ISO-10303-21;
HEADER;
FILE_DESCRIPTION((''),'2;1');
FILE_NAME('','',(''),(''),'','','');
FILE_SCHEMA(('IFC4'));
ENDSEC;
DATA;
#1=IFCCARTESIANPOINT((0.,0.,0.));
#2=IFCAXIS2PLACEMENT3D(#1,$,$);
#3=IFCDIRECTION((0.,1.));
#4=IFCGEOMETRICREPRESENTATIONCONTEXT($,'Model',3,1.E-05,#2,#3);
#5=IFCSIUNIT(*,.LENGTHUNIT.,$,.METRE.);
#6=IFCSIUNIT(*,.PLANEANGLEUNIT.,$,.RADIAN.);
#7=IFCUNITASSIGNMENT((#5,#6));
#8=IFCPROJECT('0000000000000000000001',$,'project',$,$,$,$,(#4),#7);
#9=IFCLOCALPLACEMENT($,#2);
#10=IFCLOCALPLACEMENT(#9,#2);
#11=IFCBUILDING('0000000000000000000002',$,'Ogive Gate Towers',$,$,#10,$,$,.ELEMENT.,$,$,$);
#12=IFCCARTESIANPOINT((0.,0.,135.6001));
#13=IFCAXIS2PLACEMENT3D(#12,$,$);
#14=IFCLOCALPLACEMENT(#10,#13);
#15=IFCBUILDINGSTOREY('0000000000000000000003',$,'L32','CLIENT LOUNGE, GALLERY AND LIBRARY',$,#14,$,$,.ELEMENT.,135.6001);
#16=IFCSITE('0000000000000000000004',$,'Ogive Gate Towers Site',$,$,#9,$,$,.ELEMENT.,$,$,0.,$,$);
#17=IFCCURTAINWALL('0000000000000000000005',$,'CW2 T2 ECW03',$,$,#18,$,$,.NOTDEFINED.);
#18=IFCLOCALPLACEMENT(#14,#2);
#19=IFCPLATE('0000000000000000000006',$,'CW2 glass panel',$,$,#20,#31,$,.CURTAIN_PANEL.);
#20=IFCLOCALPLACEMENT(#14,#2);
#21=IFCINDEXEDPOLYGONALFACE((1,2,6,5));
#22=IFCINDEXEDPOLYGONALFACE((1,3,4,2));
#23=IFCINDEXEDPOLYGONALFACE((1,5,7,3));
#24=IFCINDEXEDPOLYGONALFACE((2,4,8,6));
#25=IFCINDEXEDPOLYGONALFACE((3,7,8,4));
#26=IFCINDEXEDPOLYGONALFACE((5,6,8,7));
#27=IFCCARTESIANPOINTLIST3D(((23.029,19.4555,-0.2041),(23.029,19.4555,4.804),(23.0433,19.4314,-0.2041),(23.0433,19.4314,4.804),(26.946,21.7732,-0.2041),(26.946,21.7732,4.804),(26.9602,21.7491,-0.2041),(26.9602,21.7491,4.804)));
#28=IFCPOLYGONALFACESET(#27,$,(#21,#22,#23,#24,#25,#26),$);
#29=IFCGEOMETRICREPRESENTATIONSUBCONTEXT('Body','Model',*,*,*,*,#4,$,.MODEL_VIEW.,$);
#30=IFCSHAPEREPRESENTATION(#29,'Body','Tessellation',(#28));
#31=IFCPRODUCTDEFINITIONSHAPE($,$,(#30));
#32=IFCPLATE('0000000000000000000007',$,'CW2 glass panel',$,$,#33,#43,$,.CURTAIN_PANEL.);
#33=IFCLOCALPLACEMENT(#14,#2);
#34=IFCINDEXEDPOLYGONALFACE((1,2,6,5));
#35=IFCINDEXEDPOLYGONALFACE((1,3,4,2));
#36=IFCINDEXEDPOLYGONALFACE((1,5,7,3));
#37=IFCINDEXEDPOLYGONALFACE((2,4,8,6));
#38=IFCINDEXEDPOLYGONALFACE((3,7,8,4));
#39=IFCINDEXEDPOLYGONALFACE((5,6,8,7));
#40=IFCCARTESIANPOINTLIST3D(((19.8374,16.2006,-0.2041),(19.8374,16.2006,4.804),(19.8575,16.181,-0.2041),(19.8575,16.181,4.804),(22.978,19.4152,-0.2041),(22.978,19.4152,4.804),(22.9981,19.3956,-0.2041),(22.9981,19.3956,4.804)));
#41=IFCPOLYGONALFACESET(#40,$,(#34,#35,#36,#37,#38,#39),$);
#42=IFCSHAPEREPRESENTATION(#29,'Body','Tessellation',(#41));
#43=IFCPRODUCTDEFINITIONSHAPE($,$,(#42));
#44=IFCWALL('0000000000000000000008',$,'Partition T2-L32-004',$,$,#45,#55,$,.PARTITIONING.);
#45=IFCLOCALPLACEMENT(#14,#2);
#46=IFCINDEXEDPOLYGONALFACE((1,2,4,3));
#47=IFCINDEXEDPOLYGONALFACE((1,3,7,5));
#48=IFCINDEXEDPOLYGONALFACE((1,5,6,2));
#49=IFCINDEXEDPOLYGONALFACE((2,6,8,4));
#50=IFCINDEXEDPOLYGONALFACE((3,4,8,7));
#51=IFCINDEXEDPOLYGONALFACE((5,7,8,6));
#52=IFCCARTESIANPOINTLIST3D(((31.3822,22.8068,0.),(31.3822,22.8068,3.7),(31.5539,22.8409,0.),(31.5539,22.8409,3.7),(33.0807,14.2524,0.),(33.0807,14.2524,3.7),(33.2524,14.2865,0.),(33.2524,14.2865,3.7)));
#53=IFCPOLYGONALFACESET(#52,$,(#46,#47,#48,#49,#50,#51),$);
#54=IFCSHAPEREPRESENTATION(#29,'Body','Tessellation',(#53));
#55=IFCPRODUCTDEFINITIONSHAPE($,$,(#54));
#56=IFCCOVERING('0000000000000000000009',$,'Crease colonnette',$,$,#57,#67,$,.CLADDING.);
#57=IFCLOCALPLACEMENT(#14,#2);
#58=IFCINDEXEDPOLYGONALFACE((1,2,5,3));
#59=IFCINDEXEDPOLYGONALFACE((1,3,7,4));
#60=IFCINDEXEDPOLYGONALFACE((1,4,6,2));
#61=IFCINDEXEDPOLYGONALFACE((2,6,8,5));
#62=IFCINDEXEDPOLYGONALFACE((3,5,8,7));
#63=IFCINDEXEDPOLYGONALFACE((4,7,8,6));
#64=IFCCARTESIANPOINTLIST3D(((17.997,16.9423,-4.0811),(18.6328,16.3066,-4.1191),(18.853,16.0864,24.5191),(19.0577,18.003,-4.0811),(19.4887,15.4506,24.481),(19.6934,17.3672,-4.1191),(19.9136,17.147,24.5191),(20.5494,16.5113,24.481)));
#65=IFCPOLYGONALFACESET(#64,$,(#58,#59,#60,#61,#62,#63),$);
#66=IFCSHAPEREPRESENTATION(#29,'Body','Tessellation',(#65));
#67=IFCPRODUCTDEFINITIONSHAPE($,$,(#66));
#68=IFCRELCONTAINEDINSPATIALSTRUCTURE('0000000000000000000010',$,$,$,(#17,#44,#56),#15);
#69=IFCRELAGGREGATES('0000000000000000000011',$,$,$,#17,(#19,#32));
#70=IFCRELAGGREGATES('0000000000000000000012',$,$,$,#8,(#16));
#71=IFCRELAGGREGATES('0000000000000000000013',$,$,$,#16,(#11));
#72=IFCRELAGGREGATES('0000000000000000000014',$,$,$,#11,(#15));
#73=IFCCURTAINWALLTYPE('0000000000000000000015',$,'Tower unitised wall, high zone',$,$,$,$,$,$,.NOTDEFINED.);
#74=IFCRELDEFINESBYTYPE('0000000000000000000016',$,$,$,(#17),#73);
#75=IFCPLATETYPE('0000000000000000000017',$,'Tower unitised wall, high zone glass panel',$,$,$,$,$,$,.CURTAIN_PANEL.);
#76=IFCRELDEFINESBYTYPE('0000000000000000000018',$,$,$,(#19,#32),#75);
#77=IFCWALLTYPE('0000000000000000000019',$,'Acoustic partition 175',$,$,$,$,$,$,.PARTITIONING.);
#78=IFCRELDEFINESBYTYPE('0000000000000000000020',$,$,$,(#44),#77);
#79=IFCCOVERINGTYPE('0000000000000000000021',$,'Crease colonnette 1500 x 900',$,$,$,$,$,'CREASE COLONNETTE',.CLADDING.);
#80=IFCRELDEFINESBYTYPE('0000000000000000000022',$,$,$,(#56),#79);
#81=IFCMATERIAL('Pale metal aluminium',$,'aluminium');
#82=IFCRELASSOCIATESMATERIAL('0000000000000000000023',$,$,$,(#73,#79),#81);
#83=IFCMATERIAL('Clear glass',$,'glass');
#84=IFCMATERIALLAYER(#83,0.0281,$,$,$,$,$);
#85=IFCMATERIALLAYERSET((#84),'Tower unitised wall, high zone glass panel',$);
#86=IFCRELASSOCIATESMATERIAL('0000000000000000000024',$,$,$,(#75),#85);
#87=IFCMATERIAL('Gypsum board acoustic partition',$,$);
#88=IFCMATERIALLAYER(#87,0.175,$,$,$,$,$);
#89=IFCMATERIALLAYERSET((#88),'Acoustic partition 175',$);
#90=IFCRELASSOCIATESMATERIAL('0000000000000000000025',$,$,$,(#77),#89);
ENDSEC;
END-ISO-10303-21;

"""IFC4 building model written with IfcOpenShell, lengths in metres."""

from ifc_helpers import new_model, si_unit, direction, frame, frame_2d, origin, origin_2d, place, context, subcontext, project, spatial, rectangle, extrude, material, layer, layer_set, material_profile, profile_set, type_object, element, aggregate, save


model = new_model("IFC4")

# Units and contexts
model_context = context("Model", 3, precision=1e-05, world=origin(), true_north=direction((0.0, 1.0)))
body_context = subcontext(model_context, "Body", "Model", "MODEL_VIEW")
ifc_project = project(units=[si_unit("LENGTHUNIT", "METRE"), si_unit("PLANEANGLEUNIT", "RADIAN")], contexts=[model_context])

# Site, building, storey
site_placement = place(None, origin())
site = spatial("IfcSite", under=ifc_project, at=site_placement, Name="Ogive Gate Towers Site", CompositionType="ELEMENT", RefElevation=0.0)
building_placement = place(site_placement, origin())
building = spatial("IfcBuilding", under=site, at=building_placement, Name="Ogive Gate Towers", CompositionType="ELEMENT")
storey_placement = place(building_placement, frame((0.0, 0.0, 135.6001)))
storey = spatial("IfcBuildingStorey", under=building, at=storey_placement, Name="L32", Description="CLIENT LOUNGE, GALLERY AND LIBRARY", CompositionType="ELEMENT", Elevation=135.6001)

# Curtain wall, plates
ifc_material_1 = material(Name="Pale metal aluminium", Category="aluminium")
curtain_wall_type = type_object("IfcCurtainWallType", Name="Tower unitised wall, high zone", PredefinedType="NOTDEFINED", material=ifc_material_1)
curtain_wall_placement = place(storey_placement, origin())
curtain_wall = element("IfcCurtainWall", 1, at=curtain_wall_placement, inside=storey, type_object=curtain_wall_type, Name="CW2 T2 ECW03", PredefinedType="NOTDEFINED")
ifc_material_2 = material(Name="Clear glass", Category="glass")
ifc_layer_1 = layer(ifc_material_2, 0.0281)
ifc_layer_set_1 = layer_set([ifc_layer_1], Name="Tower unitised wall, high zone glass panel")
plate_type = type_object("IfcPlateType", Name="Tower unitised wall, high zone glass panel", PredefinedType="CURTAIN_PANEL", material=ifc_layer_set_1)
plate_1_placement = place(storey_placement, frame((24.9946, 20.6023, -0.2041), z_axis=(0.0, 0.0, 1.0), x_axis=(-0.860627, -0.509237, 0.0)))
plate_1 = element("IfcPlate", 2, at=plate_1_placement, type_object=plate_type, Name="CW2 glass panel", PredefinedType="CURTAIN_PANEL", context=body_context, shape_type="SweptSolid", body=[
    extrude(rectangle(XDim=4.5513, YDim=0.0281, at=origin_2d()), origin(), (0.0, 0.0, 1.0), 5.0081),
])
plate_2_placement = place(storey_placement, frame((21.4177, 17.7981, -0.2041), z_axis=(0.0, 0.0, 1.0), x_axis=(-0.698815, -0.715303, 0.0)))
plate_2 = element("IfcPlate", 3, at=plate_2_placement, type_object=plate_type, Name="CW2 glass panel", PredefinedType="CURTAIN_PANEL", context=body_context, shape_type="SweptSolid", body=[
    extrude(rectangle(XDim=4.4941, YDim=0.0281, at=origin_2d()), origin(), (0.0, 0.0, 1.0), 5.0081),
])
aggregate(curtain_wall, [plate_1, plate_2])

# Wall
ifc_material_3 = material(Name="Gypsum board acoustic partition")
ifc_layer_2 = layer(ifc_material_3, 0.175)
ifc_layer_set_2 = layer_set([ifc_layer_2], Name="Acoustic partition 175")
wall_type = type_object("IfcWallType", Name="Acoustic partition 175", PredefinedType="PARTITIONING", material=ifc_layer_set_2)
wall_placement = place(storey_placement, frame((31.468, 22.824, 0.0), z_axis=(0.0, 0.0, 1.0), x_axis=(0.194749, -0.980853, 0.0)))
element("IfcWall", 4, at=wall_placement, inside=storey, type_object=wall_type, Name="Partition T2-L32-004", PredefinedType="PARTITIONING", context=body_context, shape_type="SweptSolid", body=[
    extrude(rectangle(XDim=8.7214, YDim=0.175, at=frame_2d((4.3608, 0.0))), origin(), (0.0, 0.0, 1.0), 3.7),
])

# Covering
ifc_material_profile_1 = material_profile(ifc_material_1, rectangle(XDim=1.5, YDim=0.8999, at=origin_2d()), Name="1500 x 900 pale metal aluminium")
ifc_profile_set_1 = profile_set([ifc_material_profile_1], Name="Pale metal aluminium")
covering_type = type_object("IfcCoveringType", Name="Crease colonnette 1500 x 900", ElementType="CREASE COLONNETTE", PredefinedType="CLADDING", material=ifc_profile_set_1)
covering_placement = place(storey_placement, frame((18.8452, 17.1548, -4.1001), z_axis=(0.029902, -0.029902, 0.999105), x_axis=(0.707107, 0.707107, 0.0)))
element("IfcCovering", 5, at=covering_placement, inside=storey, type_object=covering_type, Name="Crease colonnette", PredefinedType="CLADDING", context=body_context, shape_type="SweptSolid", body=[
    extrude(rectangle(XDim=1.5, YDim=0.8999, at=origin_2d()), origin(), (0.0, 0.0, 1.0), 28.6257),
])

save(model, "model.ifc")
